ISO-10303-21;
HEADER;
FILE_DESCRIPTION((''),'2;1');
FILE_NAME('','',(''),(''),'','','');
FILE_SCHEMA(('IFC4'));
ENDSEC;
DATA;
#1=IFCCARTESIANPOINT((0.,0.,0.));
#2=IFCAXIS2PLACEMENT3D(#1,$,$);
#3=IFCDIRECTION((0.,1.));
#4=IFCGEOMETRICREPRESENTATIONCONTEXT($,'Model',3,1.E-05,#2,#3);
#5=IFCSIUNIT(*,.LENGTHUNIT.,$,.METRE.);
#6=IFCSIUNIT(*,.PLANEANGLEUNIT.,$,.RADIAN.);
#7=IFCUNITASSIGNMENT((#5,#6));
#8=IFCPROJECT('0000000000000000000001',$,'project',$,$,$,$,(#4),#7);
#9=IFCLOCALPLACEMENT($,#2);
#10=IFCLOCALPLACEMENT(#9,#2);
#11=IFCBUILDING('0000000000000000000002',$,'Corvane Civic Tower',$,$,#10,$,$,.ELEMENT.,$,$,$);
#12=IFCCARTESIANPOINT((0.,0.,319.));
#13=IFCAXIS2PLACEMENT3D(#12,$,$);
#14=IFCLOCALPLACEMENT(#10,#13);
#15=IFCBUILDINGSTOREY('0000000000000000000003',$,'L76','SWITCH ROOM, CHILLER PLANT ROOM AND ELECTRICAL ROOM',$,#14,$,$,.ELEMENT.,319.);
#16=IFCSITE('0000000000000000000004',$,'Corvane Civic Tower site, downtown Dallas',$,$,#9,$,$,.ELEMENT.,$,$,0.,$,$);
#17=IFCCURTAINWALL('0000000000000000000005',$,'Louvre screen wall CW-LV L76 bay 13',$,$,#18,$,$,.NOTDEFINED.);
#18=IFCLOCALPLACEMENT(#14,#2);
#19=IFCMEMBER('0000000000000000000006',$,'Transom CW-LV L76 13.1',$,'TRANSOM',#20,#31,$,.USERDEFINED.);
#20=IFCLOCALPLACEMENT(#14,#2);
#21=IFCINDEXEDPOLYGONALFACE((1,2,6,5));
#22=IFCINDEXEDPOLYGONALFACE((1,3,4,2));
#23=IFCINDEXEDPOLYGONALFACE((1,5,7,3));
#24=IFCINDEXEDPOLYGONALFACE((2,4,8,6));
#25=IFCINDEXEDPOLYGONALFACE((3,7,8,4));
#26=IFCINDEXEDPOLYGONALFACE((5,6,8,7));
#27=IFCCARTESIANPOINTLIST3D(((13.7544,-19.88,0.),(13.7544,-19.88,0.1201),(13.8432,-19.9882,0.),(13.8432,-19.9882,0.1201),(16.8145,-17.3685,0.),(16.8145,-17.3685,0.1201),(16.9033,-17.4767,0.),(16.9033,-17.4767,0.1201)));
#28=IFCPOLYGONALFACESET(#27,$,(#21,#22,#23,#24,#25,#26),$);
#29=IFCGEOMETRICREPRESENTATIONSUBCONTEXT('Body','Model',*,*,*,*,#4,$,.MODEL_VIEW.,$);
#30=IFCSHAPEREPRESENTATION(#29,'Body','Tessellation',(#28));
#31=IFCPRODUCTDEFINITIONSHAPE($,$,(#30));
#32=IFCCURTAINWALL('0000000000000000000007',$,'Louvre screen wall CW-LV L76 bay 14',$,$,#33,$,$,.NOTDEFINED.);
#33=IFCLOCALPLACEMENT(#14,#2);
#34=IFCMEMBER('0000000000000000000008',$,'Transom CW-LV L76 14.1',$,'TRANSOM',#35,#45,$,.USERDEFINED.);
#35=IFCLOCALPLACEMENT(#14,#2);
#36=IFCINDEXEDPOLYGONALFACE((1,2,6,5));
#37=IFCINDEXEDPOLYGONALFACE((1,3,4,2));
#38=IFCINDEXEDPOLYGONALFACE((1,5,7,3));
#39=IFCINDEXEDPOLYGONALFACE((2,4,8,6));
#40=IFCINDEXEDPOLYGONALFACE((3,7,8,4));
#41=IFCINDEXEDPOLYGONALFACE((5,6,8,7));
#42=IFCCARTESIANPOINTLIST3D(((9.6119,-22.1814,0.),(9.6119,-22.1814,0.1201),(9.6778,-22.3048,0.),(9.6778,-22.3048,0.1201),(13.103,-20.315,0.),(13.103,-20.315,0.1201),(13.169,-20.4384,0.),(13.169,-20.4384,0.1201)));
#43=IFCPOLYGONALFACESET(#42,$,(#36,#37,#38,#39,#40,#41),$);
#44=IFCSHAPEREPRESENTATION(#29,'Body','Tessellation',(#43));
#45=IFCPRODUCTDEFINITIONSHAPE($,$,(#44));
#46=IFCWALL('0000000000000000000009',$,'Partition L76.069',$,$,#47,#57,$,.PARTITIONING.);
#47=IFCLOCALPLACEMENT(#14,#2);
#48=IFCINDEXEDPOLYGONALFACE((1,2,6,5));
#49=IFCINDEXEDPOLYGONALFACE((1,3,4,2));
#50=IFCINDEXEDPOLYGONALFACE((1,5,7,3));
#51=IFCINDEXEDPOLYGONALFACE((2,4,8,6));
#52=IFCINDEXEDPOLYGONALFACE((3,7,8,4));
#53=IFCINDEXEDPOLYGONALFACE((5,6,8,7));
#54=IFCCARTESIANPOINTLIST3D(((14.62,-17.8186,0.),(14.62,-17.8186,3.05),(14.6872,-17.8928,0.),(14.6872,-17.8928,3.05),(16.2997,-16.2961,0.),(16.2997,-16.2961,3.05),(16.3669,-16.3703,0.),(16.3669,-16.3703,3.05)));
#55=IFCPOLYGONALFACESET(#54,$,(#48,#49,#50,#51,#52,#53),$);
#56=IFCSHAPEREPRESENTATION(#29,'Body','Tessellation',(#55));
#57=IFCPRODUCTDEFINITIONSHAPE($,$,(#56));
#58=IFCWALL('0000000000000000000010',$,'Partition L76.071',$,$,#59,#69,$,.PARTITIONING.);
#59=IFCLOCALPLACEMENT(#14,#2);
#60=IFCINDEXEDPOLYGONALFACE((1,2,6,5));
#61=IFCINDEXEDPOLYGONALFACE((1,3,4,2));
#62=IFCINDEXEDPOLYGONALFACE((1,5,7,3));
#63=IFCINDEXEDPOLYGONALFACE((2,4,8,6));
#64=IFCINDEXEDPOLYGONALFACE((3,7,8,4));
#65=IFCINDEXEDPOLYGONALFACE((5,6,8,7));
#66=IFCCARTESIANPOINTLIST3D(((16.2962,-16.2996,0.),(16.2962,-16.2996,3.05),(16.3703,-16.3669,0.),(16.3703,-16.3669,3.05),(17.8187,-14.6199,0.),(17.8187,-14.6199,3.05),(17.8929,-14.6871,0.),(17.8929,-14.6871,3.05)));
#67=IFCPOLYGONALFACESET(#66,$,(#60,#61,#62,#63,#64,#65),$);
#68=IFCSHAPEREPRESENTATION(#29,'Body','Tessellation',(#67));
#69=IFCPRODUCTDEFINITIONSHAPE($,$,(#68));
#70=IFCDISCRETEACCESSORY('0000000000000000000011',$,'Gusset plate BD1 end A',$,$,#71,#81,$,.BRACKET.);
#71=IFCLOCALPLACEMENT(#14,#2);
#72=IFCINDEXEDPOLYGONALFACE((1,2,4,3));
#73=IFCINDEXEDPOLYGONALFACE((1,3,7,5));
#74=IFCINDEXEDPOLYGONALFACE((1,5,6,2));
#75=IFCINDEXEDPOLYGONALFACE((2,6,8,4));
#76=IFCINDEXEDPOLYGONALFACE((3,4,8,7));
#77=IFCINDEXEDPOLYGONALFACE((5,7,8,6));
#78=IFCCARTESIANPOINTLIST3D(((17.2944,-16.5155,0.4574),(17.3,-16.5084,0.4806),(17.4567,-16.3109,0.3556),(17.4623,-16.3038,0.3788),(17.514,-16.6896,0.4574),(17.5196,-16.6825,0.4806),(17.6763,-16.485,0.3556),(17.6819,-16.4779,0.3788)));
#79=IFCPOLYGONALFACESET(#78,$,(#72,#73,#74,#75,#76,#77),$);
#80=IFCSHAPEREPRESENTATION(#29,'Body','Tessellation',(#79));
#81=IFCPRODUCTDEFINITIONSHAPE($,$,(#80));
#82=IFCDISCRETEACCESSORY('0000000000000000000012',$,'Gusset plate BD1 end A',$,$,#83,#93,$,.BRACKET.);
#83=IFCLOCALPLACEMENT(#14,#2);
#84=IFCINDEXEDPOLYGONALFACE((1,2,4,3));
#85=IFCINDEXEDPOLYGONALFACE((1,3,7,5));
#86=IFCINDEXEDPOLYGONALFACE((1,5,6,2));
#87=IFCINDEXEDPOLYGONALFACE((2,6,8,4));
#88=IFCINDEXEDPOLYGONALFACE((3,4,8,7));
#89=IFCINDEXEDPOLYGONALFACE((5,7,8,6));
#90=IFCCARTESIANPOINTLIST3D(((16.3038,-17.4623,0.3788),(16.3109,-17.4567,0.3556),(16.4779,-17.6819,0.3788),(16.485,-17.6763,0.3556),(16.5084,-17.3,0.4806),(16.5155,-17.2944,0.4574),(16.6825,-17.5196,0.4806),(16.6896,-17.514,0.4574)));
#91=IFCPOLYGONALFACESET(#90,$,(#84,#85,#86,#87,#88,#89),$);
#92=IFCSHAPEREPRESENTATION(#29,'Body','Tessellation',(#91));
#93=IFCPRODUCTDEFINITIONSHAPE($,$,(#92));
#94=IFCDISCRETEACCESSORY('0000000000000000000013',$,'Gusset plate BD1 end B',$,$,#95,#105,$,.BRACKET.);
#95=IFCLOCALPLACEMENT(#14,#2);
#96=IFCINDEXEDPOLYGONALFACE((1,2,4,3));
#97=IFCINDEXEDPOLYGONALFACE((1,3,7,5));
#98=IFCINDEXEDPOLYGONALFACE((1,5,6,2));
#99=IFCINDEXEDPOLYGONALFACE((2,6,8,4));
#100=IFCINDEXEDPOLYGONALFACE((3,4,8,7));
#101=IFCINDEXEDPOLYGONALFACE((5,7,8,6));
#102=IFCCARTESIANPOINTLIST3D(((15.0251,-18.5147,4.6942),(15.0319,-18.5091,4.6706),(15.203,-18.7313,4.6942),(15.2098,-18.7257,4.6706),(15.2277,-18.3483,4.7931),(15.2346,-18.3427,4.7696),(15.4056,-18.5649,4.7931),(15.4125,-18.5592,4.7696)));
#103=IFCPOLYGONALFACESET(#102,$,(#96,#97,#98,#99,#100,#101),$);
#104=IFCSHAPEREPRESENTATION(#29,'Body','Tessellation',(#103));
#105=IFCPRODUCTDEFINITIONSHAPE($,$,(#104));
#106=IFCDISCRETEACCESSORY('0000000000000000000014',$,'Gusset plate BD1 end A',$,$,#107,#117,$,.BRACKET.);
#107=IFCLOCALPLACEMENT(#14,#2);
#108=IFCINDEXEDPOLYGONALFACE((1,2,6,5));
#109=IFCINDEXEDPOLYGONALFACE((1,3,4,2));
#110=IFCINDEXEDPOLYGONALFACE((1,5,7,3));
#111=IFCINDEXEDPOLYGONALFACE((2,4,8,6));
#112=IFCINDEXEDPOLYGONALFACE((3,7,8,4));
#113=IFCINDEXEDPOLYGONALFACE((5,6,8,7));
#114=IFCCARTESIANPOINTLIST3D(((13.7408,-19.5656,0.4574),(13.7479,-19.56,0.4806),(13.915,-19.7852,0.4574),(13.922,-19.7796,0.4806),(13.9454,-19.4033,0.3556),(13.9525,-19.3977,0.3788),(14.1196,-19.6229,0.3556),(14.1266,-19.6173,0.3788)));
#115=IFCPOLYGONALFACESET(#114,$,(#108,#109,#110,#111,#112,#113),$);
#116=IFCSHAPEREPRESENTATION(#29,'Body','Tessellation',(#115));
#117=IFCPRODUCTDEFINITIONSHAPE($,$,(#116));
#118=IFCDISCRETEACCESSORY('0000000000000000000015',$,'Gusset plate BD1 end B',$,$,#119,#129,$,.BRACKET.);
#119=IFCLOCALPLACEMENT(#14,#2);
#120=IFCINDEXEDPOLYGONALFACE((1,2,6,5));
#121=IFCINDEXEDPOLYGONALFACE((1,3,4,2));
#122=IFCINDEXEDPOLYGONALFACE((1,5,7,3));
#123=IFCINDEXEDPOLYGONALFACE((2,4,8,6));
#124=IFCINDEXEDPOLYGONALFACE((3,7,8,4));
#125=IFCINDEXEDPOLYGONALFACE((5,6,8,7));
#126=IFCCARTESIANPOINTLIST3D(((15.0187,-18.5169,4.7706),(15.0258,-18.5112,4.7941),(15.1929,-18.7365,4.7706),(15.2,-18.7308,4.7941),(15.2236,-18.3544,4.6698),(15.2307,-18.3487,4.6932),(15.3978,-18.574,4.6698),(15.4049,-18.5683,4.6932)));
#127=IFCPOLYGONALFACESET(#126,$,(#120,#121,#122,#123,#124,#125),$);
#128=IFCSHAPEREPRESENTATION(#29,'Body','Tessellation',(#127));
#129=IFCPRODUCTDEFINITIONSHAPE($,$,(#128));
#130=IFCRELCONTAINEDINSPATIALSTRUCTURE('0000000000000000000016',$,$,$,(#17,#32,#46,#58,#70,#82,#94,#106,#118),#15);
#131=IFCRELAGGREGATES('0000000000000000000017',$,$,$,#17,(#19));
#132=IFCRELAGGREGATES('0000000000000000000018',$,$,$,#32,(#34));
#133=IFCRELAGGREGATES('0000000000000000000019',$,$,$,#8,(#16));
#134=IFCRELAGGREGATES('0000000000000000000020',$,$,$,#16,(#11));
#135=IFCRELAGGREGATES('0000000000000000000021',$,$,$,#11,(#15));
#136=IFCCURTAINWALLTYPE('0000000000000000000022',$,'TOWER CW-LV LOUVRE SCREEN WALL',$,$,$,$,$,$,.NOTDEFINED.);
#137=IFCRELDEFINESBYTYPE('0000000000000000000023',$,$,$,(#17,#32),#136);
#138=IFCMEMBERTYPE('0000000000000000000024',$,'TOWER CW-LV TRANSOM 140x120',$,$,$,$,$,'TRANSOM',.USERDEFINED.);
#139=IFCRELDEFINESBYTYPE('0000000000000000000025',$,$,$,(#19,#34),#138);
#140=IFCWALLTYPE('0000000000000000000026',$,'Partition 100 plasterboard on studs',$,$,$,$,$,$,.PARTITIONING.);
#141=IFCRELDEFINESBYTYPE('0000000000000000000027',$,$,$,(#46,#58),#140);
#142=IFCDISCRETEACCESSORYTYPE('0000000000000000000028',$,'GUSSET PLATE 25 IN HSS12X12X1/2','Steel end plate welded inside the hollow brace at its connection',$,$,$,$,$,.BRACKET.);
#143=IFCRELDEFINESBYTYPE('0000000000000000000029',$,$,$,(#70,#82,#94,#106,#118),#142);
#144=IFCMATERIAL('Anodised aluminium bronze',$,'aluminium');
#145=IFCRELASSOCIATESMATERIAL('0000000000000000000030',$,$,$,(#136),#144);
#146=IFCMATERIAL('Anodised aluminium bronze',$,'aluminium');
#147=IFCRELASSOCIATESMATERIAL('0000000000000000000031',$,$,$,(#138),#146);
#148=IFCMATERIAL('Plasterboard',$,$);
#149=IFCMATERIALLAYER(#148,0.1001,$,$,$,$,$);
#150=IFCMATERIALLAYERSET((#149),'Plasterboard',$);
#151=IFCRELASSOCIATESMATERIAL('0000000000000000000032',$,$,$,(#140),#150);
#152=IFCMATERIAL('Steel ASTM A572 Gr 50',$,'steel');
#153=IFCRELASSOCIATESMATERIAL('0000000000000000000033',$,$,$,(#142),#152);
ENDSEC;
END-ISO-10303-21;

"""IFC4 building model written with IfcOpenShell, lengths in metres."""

from ifc_helpers import new_model, si_unit, direction, frame, frame_2d, origin, origin_2d, place, context, subcontext, project, spatial, rectangle, extrude, material, layer, layer_set, material_profile, profile_set, type_object, element, aggregate, save


model = new_model("IFC4")

# Units and contexts
model_context = context("Model", 3, precision=1e-05, world=origin(), true_north=direction((0.0, 1.0)))
body_context = subcontext(model_context, "Body", "Model", "MODEL_VIEW")
ifc_project = project(units=[si_unit("LENGTHUNIT", "METRE"), si_unit("PLANEANGLEUNIT", "RADIAN")], contexts=[model_context])

# Site, building, storey
site_placement = place(None, origin())
site = spatial("IfcSite", under=ifc_project, at=site_placement, Name="Corvane Civic Tower site, downtown Dallas", CompositionType="ELEMENT", RefElevation=0.0)
building_placement = place(site_placement, origin())
building = spatial("IfcBuilding", under=site, at=building_placement, Name="Corvane Civic Tower", CompositionType="ELEMENT")
storey_placement = place(building_placement, frame((0.0, 0.0, 319.0)))
storey = spatial("IfcBuildingStorey", under=building, at=storey_placement, Name="L76", Description="SWITCH ROOM, CHILLER PLANT ROOM AND ELECTRICAL ROOM", CompositionType="ELEMENT", Elevation=319.0)

# Curtain walls, members
ifc_material_1 = material(Name="Anodised aluminium bronze", Category="aluminium")
curtain_wall_type = type_object("IfcCurtainWallType", Name="TOWER CW-LV LOUVRE SCREEN WALL", PredefinedType="NOTDEFINED", material=ifc_material_1)
curtain_wall_1_placement = place(storey_placement, origin())
curtain_wall_1 = element("IfcCurtainWall", 1, at=curtain_wall_1_placement, inside=storey, type_object=curtain_wall_type, Name="Louvre screen wall CW-LV L76 bay 13", PredefinedType="NOTDEFINED")
ifc_material_2 = material(Name="Anodised aluminium bronze", Category="aluminium")
ifc_material_profile_1 = material_profile(ifc_material_2, rectangle(XDim=0.1399, YDim=0.1201, at=origin_2d()), Name="TOWER CW-LV TRANSOM 140x120")
ifc_profile_set_1 = profile_set([ifc_material_profile_1], Name="Anodised aluminium bronze")
member_type_1 = type_object("IfcMemberType", Name="TOWER CW-LV TRANSOM 140x120", ElementType="TRANSOM", PredefinedType="USERDEFINED", material=ifc_profile_set_1)
member_1_placement = place(storey_placement, frame((16.8589, -17.4226, 0.0601), z_axis=(-0.772992, -0.634416, 0.0), x_axis=(0.634416, -0.772992, 0.0)))
member_1 = element("IfcMember", 2, at=member_1_placement, type_object=member_type_1, Name="Transom CW-LV L76 13.1", ObjectType="TRANSOM", PredefinedType="USERDEFINED", context=body_context, shape_type="SweptSolid", body=[
    extrude(rectangle(XDim=0.1399, YDim=0.1201, at=origin_2d()), origin(), (0.0, 0.0, 1.0), 3.9587),
])
curtain_wall_2_placement = place(storey_placement, origin())
curtain_wall_2 = element("IfcCurtainWall", 3, at=curtain_wall_2_placement, inside=storey, type_object=curtain_wall_type, Name="Louvre screen wall CW-LV L76 bay 14", PredefinedType="NOTDEFINED")
member_2_placement = place(storey_placement, frame((13.136, -20.3767, 0.0601), z_axis=(-0.881883, -0.471468, 0.0), x_axis=(0.471468, -0.881883, 0.0)))
member_2 = element("IfcMember", 4, at=member_2_placement, type_object=member_type_1, Name="Transom CW-LV L76 14.1", ObjectType="TRANSOM", PredefinedType="USERDEFINED", context=body_context, shape_type="SweptSolid", body=[
    extrude(rectangle(XDim=0.1399, YDim=0.1201, at=origin_2d()), origin(), (0.0, 0.0, 1.0), 3.9587),
])

# Walls
ifc_material_3 = material(Name="Plasterboard")
ifc_layer = layer(ifc_material_3, 0.1001)
ifc_layer_set = layer_set([ifc_layer], Name="Plasterboard")
wall_type = type_object("IfcWallType", Name="Partition 100 plasterboard on studs", PredefinedType="PARTITIONING", material=ifc_layer_set)
for number, where, z_axis, x_axis, name in (
    (5, (14.6536, -17.8557, 0.0), (0.0, 0.0, 1.0), (0.740933, 0.671579, 0.0), "Partition L76.069"),
    (6, (16.3333, -16.3333, 0.0), (0.0, 0.0, 1.0), (0.671579, 0.740933, 0.0), "Partition L76.071"),
):
    element("IfcWall", number, at=place(storey_placement, frame(where, z_axis=z_axis, x_axis=x_axis)), inside=storey, type_object=wall_type, Name=name, PredefinedType="PARTITIONING", context=body_context, shape_type="SweptSolid", body=[
        extrude(rectangle(XDim=2.2671, YDim=0.1001, at=frame_2d((1.1335, 0.0))), origin(), (0.0, 0.0, 1.0), 3.05),
    ])

aggregate(curtain_wall_1, [member_1])
aggregate(curtain_wall_2, [member_2])

# Discrete accessories
ifc_material_4 = material(Name="Steel ASTM A572 Gr 50", Category="steel")
ifc_material_profile_2 = material_profile(ifc_material_4, rectangle(XDim=0.2803, YDim=0.2803, at=origin_2d()), Name="GUSSET PLATE 25 IN HSS12X12X1/2")
ifc_profile_set_2 = profile_set([ifc_material_profile_2], Name="Steel ASTM A572 Gr 50")
discrete_accessory_type = type_object("IfcDiscreteAccessoryType", Name="GUSSET PLATE 25 IN HSS12X12X1/2", Description="Steel end plate welded inside the hollow brace at its connection", PredefinedType="BRACKET", material=ifc_profile_set_2)
for number, where, z_axis, x_axis, name in (
    (7, (17.4854, -16.5002, 0.4065), (0.225588, 0.284437, 0.931776), (-0.783498, 0.621395, 0.0), "Gusset plate BD1 end A"),
    (8, (16.5002, -17.4854, 0.4065), (-0.284437, -0.225588, 0.931776), (0.621395, -0.783498, 0.0), "Gusset plate BD1 end A"),
):
    element("IfcDiscreteAccessory", number, at=place(storey_placement, frame(where, z_axis=z_axis, x_axis=x_axis)), inside=storey, type_object=discrete_accessory_type, Name=name, PredefinedType="BRACKET", context=body_context, shape_type="SweptSolid", body=[
        extrude(rectangle(XDim=0.2803, YDim=0.2803, at=origin_2d()), origin(), (0.0, 0.0, 1.0), 0.0249),
    ])
discrete_accessory_1_placement = place(storey_placement, frame((15.2153, -18.5398, 4.7437), z_axis=(0.272875, 0.224148, -0.935573), x_axis=(-0.634739, 0.772726, 0.0)))
element("IfcDiscreteAccessory", 9, at=discrete_accessory_1_placement, inside=storey, type_object=discrete_accessory_type, Name="Gusset plate BD1 end B", PredefinedType="BRACKET", context=body_context, shape_type="SweptSolid", body=[
    extrude(rectangle(XDim=0.2803, YDim=0.2803, at=origin_2d()), origin(), (0.0, 0.0, 1.0), 0.0251),
])
discrete_accessory_2_placement = place(storey_placement, frame((13.9302, -19.5942, 0.4065), z_axis=(0.284437, 0.225588, 0.931776), x_axis=(-0.621395, 0.783498, 0.0)))
element("IfcDiscreteAccessory", 10, at=discrete_accessory_2_placement, inside=storey, type_object=discrete_accessory_type, Name="Gusset plate BD1 end A", PredefinedType="BRACKET", context=body_context, shape_type="SweptSolid", body=[
    extrude(rectangle(XDim=0.2803, YDim=0.2803, at=origin_2d()), origin(), (0.0, 0.0, 1.0), 0.0249),
])
discrete_accessory_3_placement = place(storey_placement, frame((15.2153, -18.5398, 4.7437), z_axis=(-0.281859, -0.223543, -0.933051), x_axis=(0.621395, -0.783498, 0.0)))
element("IfcDiscreteAccessory", 11, at=discrete_accessory_3_placement, inside=storey, type_object=discrete_accessory_type, Name="Gusset plate BD1 end B", PredefinedType="BRACKET", context=body_context, shape_type="SweptSolid", body=[
    extrude(rectangle(XDim=0.2803, YDim=0.2803, at=origin_2d()), origin(), (0.0, 0.0, 1.0), 0.0251),
])

save(model, "model.ifc")
